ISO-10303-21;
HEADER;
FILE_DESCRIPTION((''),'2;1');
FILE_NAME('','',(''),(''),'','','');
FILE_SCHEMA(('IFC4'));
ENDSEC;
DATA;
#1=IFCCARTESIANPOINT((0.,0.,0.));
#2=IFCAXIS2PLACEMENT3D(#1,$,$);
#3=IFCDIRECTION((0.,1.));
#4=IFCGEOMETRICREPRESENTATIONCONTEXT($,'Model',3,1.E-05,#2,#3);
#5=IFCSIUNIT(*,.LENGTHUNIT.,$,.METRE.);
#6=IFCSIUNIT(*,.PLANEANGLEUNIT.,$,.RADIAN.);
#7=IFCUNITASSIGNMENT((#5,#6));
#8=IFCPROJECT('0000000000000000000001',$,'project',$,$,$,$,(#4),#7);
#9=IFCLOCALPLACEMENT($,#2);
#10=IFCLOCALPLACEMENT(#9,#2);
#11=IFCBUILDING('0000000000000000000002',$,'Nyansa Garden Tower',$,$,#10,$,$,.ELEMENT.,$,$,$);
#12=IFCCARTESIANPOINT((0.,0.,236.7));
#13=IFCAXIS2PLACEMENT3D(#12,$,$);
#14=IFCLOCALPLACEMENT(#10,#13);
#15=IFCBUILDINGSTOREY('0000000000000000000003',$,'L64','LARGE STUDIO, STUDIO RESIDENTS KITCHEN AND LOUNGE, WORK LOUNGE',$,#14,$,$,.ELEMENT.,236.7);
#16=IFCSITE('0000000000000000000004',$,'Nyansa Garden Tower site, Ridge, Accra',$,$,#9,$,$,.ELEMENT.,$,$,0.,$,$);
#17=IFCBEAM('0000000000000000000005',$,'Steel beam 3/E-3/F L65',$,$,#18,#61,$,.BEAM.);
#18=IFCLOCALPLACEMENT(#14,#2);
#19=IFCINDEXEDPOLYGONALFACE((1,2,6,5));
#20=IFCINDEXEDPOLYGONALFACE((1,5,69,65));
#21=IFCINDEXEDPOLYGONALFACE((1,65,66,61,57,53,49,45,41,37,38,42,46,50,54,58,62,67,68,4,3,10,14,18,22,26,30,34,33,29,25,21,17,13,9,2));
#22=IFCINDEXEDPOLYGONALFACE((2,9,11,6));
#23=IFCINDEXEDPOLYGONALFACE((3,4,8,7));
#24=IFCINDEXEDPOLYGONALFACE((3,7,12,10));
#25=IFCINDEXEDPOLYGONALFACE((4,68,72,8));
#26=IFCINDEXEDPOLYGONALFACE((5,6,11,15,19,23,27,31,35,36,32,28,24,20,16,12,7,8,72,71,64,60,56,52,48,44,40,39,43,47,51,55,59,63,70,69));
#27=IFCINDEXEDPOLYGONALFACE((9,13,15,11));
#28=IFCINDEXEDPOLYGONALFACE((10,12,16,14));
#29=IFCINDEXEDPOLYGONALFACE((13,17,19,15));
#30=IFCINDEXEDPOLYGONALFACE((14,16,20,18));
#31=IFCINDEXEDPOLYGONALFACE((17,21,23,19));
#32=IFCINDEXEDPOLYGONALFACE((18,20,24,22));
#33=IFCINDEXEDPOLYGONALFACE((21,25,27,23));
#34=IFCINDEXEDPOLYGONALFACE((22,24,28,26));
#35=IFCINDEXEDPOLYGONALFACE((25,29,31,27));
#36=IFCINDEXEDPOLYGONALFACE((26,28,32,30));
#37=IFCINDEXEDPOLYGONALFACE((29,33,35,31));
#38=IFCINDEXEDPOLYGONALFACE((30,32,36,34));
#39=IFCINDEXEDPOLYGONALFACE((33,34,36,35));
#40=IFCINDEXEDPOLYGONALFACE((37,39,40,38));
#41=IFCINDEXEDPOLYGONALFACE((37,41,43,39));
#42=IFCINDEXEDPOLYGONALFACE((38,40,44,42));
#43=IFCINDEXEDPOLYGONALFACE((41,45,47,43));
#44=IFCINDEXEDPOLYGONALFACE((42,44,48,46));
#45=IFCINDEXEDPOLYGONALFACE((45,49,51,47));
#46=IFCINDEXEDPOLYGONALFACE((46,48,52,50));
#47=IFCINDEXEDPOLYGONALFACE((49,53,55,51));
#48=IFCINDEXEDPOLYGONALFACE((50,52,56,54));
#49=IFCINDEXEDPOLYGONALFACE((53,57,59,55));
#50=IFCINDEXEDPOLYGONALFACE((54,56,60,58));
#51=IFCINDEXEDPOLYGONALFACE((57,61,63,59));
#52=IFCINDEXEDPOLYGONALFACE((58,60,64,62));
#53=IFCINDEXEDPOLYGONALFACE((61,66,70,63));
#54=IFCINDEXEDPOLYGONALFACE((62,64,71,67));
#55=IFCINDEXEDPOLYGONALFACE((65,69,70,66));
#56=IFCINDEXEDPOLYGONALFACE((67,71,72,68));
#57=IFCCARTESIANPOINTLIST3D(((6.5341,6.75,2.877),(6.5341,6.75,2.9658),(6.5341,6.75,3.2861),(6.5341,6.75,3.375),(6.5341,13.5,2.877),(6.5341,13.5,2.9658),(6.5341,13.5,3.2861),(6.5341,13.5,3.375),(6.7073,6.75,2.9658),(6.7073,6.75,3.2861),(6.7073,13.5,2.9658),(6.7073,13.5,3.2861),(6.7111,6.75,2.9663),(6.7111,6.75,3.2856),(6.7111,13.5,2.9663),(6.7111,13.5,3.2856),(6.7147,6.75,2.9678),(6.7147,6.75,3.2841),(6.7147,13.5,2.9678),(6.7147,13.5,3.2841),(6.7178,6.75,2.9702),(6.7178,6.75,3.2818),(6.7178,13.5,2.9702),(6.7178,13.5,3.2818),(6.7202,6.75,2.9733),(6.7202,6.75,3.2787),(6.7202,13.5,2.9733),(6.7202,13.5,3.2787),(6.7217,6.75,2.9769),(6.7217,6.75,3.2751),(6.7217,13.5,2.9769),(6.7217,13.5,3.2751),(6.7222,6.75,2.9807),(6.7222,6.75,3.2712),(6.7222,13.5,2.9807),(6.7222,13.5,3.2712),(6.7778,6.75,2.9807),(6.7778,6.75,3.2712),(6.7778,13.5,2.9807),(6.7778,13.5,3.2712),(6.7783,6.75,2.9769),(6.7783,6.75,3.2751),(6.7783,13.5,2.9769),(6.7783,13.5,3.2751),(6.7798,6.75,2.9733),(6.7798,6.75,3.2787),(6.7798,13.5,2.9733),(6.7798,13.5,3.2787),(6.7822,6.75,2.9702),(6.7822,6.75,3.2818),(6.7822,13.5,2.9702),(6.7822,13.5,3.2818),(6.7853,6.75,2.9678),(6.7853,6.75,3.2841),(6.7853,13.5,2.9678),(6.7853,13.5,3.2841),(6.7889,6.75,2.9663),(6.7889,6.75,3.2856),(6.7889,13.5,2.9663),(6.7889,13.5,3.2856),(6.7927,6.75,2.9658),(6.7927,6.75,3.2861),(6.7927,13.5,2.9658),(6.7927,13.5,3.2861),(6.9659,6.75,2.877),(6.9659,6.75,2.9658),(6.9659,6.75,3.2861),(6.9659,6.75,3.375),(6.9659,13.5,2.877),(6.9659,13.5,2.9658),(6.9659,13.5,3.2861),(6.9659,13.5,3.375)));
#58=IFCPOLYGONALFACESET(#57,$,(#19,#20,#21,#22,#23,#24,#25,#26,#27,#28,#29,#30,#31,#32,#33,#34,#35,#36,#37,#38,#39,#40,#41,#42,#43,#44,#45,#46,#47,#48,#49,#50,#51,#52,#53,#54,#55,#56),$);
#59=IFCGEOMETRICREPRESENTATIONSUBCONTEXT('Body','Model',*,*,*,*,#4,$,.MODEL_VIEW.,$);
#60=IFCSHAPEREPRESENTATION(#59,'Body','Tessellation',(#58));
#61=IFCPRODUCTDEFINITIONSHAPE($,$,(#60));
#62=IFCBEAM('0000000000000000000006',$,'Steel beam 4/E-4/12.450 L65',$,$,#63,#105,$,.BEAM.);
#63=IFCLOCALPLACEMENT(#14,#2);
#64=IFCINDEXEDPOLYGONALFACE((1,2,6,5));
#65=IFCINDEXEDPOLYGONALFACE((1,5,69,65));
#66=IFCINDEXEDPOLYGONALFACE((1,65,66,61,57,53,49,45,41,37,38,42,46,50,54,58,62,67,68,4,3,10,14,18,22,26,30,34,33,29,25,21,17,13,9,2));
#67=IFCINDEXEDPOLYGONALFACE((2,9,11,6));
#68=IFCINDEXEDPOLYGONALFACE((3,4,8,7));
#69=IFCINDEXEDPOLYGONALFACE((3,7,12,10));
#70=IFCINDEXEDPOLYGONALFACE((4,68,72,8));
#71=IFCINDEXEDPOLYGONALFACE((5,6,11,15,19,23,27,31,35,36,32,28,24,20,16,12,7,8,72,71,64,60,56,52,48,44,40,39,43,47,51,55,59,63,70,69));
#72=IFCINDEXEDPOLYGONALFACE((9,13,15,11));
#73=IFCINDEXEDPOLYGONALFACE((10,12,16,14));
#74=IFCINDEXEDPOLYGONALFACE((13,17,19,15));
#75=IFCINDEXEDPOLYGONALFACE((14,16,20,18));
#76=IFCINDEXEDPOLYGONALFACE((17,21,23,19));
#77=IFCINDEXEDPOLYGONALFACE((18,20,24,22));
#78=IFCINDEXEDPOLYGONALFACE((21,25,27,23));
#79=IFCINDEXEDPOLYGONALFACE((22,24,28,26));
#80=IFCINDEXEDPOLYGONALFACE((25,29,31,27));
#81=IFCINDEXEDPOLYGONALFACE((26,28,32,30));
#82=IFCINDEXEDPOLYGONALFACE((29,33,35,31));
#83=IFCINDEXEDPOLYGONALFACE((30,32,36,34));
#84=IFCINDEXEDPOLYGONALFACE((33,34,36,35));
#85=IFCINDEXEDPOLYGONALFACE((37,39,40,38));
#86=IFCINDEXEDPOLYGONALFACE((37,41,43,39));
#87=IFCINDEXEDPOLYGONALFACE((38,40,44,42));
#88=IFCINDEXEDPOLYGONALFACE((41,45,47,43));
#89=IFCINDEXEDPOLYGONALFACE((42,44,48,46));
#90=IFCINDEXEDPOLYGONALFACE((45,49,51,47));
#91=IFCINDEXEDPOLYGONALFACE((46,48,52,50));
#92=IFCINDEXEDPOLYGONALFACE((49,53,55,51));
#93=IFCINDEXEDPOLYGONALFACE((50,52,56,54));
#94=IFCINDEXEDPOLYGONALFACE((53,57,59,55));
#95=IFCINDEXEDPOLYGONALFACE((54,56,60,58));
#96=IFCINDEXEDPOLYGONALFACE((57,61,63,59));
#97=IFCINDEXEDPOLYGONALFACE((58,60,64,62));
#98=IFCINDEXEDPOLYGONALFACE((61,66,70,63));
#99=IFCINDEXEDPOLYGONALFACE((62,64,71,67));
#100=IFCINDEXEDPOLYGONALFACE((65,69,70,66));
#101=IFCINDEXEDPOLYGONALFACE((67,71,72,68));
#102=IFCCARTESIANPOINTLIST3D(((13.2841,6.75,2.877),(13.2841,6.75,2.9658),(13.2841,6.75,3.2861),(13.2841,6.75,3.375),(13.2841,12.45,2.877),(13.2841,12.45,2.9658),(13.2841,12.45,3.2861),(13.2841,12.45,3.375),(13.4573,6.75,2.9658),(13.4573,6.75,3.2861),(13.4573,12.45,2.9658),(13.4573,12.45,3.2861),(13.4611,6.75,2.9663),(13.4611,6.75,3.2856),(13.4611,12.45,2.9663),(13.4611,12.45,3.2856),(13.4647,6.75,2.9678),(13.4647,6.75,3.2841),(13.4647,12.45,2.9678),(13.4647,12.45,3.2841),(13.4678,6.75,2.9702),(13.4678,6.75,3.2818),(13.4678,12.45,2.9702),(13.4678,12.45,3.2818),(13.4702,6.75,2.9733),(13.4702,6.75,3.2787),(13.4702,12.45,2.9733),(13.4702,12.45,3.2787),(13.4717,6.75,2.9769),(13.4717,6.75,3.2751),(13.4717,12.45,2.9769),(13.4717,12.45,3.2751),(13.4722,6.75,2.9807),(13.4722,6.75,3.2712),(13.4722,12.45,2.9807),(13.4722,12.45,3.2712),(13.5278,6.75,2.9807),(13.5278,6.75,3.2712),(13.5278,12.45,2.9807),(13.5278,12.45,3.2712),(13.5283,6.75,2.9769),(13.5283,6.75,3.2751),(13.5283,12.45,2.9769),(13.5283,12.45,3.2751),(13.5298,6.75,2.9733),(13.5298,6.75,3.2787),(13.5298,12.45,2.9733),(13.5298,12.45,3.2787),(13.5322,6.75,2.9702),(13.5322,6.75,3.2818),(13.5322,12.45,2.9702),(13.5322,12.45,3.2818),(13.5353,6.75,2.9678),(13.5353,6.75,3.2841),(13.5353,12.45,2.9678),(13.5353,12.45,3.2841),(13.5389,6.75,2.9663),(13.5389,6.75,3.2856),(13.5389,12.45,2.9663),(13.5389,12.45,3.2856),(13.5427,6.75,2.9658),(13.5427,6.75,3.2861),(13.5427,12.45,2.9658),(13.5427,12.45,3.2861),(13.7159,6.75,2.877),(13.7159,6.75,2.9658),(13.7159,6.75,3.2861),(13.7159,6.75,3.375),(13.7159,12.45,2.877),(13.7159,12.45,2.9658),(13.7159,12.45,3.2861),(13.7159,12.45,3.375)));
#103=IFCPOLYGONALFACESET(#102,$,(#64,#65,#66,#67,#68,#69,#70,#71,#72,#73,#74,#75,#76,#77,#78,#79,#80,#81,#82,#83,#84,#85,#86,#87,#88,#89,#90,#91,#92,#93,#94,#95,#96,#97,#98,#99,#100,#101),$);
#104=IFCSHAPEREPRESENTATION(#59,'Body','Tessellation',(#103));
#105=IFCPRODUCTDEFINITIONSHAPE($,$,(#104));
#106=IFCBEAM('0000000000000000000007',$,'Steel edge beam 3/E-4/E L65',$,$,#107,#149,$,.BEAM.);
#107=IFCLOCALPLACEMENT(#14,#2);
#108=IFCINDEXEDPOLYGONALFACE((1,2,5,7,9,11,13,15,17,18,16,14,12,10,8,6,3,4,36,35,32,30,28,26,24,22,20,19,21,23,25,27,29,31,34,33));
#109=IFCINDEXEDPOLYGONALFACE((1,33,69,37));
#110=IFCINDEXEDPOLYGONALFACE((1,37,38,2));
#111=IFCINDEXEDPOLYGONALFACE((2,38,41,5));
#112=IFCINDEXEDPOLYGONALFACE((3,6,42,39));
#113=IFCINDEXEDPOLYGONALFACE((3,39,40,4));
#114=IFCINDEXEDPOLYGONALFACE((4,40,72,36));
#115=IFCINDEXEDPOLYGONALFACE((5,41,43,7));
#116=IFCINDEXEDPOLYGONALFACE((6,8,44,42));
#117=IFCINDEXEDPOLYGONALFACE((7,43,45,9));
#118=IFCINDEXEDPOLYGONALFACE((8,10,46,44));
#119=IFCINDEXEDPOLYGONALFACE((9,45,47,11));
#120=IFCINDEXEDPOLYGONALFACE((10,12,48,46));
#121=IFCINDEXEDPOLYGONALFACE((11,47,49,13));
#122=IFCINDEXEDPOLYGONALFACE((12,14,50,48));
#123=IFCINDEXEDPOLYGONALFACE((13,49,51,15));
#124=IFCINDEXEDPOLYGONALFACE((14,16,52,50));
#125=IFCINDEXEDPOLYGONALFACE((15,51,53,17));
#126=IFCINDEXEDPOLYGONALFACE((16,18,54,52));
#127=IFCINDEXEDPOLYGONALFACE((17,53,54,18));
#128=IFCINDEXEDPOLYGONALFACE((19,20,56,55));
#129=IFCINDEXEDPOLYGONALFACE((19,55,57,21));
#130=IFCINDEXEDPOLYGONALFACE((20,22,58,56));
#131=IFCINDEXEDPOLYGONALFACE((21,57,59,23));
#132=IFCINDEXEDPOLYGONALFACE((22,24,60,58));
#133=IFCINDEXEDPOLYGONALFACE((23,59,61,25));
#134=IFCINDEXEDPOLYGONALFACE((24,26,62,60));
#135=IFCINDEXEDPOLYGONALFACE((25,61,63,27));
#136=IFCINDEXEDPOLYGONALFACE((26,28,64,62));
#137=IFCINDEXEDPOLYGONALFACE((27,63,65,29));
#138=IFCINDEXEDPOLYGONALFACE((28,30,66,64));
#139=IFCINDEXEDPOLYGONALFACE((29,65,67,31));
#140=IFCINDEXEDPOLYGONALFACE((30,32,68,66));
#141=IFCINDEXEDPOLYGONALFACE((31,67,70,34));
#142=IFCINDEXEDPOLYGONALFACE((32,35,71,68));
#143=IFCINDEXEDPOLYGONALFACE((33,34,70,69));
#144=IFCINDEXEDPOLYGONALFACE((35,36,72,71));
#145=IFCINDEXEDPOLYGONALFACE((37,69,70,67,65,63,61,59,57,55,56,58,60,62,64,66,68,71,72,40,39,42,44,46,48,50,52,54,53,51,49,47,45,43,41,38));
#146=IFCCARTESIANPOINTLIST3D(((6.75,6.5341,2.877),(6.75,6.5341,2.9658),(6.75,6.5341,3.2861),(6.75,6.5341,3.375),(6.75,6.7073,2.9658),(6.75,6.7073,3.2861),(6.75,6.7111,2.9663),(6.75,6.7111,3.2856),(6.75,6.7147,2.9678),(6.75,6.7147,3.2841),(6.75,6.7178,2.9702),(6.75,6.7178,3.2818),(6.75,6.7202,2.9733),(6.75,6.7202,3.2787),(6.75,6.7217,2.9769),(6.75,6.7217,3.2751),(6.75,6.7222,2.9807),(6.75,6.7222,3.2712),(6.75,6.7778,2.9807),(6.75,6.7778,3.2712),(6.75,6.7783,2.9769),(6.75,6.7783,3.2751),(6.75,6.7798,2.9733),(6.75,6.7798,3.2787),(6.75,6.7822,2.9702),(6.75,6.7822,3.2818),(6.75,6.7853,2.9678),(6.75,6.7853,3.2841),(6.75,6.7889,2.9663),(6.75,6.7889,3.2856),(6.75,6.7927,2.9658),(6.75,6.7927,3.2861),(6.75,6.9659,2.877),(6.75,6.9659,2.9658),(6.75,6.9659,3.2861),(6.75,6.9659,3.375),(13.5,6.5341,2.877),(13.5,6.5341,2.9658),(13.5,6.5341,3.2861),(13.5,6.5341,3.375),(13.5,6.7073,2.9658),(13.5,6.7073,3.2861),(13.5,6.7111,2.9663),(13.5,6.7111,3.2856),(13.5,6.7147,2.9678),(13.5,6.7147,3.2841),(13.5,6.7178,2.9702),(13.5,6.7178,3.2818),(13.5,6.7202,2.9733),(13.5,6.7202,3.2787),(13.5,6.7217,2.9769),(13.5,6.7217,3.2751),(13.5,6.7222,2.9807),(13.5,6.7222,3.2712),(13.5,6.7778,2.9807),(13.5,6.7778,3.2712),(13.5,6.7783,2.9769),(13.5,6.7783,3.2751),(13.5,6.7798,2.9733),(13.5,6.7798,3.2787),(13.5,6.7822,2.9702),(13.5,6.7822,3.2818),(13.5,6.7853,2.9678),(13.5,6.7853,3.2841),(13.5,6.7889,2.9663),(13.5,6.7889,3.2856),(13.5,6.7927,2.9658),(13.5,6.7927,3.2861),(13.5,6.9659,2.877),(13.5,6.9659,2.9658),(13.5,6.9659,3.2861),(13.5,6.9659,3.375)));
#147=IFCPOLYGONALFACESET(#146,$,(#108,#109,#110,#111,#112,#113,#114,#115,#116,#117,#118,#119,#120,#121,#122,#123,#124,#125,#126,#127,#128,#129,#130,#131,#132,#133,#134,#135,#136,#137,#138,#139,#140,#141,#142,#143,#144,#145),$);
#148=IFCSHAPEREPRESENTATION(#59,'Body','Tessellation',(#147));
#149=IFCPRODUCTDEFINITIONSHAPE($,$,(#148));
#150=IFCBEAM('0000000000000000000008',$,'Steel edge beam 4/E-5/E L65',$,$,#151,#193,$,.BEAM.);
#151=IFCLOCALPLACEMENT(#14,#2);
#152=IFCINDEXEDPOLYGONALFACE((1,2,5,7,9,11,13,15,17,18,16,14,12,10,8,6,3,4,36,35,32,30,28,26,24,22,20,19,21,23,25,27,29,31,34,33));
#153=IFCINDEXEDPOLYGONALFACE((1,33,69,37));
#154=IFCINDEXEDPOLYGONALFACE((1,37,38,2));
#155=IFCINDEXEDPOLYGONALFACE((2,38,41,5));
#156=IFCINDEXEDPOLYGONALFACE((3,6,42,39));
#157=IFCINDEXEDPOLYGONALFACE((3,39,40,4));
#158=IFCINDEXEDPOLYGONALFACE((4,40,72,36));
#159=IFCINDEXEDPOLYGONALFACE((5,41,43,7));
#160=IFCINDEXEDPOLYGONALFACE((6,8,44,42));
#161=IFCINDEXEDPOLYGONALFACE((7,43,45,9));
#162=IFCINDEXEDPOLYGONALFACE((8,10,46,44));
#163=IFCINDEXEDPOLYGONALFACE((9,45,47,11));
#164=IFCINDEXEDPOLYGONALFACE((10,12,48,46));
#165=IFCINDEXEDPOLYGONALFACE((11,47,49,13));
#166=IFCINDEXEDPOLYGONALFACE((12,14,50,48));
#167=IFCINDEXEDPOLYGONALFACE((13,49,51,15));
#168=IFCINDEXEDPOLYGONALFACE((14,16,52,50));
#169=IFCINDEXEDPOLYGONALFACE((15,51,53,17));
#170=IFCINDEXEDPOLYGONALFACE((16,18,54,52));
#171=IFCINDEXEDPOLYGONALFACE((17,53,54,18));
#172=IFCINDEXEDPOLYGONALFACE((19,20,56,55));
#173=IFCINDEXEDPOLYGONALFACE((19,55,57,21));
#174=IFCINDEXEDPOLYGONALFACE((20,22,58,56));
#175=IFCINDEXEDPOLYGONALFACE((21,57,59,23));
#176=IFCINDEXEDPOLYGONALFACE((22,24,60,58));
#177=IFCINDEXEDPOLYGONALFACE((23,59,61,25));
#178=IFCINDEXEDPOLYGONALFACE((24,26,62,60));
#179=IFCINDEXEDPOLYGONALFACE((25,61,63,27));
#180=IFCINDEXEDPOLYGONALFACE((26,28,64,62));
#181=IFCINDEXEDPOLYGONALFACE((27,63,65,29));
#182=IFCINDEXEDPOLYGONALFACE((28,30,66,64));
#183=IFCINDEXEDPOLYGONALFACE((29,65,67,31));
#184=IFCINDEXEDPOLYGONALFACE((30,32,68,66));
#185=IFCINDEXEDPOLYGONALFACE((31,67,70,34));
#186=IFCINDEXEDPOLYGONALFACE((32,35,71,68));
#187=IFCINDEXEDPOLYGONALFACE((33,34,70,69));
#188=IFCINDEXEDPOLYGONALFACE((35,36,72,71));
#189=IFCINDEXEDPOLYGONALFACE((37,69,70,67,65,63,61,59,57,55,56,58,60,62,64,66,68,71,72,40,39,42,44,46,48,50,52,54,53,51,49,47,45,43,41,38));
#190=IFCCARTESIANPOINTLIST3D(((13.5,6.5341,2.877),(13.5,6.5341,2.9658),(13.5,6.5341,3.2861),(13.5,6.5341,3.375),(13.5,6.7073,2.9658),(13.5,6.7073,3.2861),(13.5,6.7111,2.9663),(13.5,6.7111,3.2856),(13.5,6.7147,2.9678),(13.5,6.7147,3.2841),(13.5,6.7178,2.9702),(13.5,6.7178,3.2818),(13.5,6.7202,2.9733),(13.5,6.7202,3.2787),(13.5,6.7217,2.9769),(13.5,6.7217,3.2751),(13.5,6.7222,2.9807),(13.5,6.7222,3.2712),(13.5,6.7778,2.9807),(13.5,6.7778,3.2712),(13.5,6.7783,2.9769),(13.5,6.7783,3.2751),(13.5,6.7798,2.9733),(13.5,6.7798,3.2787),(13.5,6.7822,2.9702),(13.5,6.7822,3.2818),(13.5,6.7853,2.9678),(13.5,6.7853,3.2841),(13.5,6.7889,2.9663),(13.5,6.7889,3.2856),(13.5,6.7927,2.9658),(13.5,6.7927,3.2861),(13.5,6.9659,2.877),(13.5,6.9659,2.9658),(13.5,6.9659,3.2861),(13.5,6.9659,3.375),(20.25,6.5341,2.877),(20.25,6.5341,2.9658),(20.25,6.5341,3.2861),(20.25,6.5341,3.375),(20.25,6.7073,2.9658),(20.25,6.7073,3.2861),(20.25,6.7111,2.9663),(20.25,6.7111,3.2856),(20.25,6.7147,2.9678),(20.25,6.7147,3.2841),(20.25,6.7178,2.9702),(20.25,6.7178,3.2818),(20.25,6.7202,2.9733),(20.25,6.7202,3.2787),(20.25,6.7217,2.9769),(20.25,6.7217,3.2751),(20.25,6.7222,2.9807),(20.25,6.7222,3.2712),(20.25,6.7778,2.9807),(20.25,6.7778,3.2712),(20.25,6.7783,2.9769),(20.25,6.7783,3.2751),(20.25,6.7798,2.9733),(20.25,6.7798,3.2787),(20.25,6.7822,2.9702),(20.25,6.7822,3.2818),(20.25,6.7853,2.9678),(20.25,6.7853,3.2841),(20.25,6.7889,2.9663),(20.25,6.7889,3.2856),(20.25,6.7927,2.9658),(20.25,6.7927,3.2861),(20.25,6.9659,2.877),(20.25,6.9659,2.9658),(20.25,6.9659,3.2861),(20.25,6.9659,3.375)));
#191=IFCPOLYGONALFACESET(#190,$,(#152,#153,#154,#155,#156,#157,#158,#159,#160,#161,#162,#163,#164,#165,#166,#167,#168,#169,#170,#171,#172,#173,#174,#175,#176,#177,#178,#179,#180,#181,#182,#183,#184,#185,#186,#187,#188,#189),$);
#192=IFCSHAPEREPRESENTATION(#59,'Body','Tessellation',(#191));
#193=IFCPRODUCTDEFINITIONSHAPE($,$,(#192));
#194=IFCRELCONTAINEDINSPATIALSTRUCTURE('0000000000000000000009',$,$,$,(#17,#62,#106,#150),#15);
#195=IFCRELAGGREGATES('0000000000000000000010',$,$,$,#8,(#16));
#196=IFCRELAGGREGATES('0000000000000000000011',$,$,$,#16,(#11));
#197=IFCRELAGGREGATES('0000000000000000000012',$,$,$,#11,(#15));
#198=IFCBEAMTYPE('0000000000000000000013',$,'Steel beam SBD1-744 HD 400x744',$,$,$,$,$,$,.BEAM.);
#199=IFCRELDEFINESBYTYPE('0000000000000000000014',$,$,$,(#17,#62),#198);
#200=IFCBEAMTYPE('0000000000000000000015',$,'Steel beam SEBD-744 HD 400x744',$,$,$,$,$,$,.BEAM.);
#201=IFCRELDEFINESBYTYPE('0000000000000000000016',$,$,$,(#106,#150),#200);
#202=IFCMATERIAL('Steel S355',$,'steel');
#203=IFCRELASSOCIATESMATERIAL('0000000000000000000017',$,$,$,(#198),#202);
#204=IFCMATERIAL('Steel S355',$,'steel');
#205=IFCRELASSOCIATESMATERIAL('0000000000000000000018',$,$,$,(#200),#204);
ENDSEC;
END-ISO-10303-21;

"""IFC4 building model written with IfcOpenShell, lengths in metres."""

from ifc_helpers import new_model, si_unit, direction, frame, origin, origin_2d, place, context, subcontext, project, spatial, i_section, extrude, material, material_profile, profile_set, type_object, element, save


model = new_model("IFC4")

# Units and contexts
model_context = context("Model", 3, precision=1e-05, world=origin(), true_north=direction((0.0, 1.0)))
body_context = subcontext(model_context, "Body", "Model", "MODEL_VIEW")
ifc_project = project(units=[si_unit("LENGTHUNIT", "METRE"), si_unit("PLANEANGLEUNIT", "RADIAN")], contexts=[model_context])

# Site, building, storey
site_placement = place(None, origin())
site = spatial("IfcSite", under=ifc_project, at=site_placement, Name="Nyansa Garden Tower site, Ridge, Accra", CompositionType="ELEMENT", RefElevation=0.0)
building_placement = place(site_placement, origin())
building = spatial("IfcBuilding", under=site, at=building_placement, Name="Nyansa Garden Tower", CompositionType="ELEMENT")
storey_placement = place(building_placement, frame((0.0, 0.0, 236.7)))
storey = spatial("IfcBuildingStorey", under=building, at=storey_placement, Name="L64", Description="LARGE STUDIO, STUDIO RESIDENTS KITCHEN AND LOUNGE, WORK LOUNGE", CompositionType="ELEMENT", Elevation=236.7)

# Beams
ifc_material_1 = material(Name="Steel S355", Category="steel")
ifc_material_profile_1 = material_profile(ifc_material_1, i_section(OverallWidth=0.4319, OverallDepth=0.498, WebThickness=0.0557, FlangeThickness=0.0889, FilletRadius=0.0149, at=origin_2d()), Name="HD 400x744")
ifc_profile_set_1 = profile_set([ifc_material_profile_1], Name="Steel S355")
beam_type_1 = type_object("IfcBeamType", Name="Steel beam SBD1-744 HD 400x744", PredefinedType="BEAM", material=ifc_profile_set_1)
beam_1_placement = place(storey_placement, frame((6.75, 6.75, 3.126), z_axis=(0.0, 1.0, 0.0), x_axis=(-1.0, 0.0, 0.0)))
element("IfcBeam", 1, at=beam_1_placement, inside=storey, type_object=beam_type_1, Name="Steel beam 3/E-3/F L65", PredefinedType="BEAM", context=body_context, shape_type="SweptSolid", body=[
    extrude(i_section(OverallWidth=0.4319, OverallDepth=0.498, WebThickness=0.0557, FlangeThickness=0.0889, FilletRadius=0.0149, at=origin_2d()), origin(), (0.0, 0.0, 1.0), 6.75),
])
beam_2_placement = place(storey_placement, frame((13.5, 6.75, 3.126), z_axis=(0.0, 1.0, 0.0), x_axis=(-1.0, 0.0, 0.0)))
element("IfcBeam", 2, at=beam_2_placement, inside=storey, type_object=beam_type_1, Name="Steel beam 4/E-4/12.450 L65", PredefinedType="BEAM", context=body_context, shape_type="SweptSolid", body=[
    extrude(i_section(OverallWidth=0.4319, OverallDepth=0.498, WebThickness=0.0557, FlangeThickness=0.0889, FilletRadius=0.0149, at=origin_2d()), origin(), (0.0, 0.0, 1.0), 5.7),
])
ifc_material_2 = material(Name="Steel S355", Category="steel")
ifc_material_profile_2 = material_profile(ifc_material_2, i_section(OverallWidth=0.4319, OverallDepth=0.498, WebThickness=0.0557, FlangeThickness=0.0889, FilletRadius=0.0149, at=origin_2d()), Name="HD 400x744")
ifc_profile_set_2 = profile_set([ifc_material_profile_2], Name="Steel S355")
beam_type_2 = type_object("IfcBeamType", Name="Steel beam SEBD-744 HD 400x744", PredefinedType="BEAM", material=ifc_profile_set_2)
for number, where, z_axis, x_axis, name in (
    (3, (6.75, 6.75, 3.126), (1.0, 0.0, 0.0), (0.0, 1.0, 0.0), "Steel edge beam 3/E-4/E L65"),
    (4, (13.5, 6.75, 3.126), (1.0, 0.0, 0.0), (0.0, 1.0, 0.0), "Steel edge beam 4/E-5/E L65"),
):
    element("IfcBeam", number, at=place(storey_placement, frame(where, z_axis=z_axis, x_axis=x_axis)), inside=storey, type_object=beam_type_2, Name=name, PredefinedType="BEAM", context=body_context, shape_type="SweptSolid", body=[
        extrude(i_section(OverallWidth=0.4319, OverallDepth=0.498, WebThickness=0.0557, FlangeThickness=0.0889, FilletRadius=0.0149, at=origin_2d()), origin(), (0.0, 0.0, 1.0), 6.75),
    ])

save(model, "model.ifc")
